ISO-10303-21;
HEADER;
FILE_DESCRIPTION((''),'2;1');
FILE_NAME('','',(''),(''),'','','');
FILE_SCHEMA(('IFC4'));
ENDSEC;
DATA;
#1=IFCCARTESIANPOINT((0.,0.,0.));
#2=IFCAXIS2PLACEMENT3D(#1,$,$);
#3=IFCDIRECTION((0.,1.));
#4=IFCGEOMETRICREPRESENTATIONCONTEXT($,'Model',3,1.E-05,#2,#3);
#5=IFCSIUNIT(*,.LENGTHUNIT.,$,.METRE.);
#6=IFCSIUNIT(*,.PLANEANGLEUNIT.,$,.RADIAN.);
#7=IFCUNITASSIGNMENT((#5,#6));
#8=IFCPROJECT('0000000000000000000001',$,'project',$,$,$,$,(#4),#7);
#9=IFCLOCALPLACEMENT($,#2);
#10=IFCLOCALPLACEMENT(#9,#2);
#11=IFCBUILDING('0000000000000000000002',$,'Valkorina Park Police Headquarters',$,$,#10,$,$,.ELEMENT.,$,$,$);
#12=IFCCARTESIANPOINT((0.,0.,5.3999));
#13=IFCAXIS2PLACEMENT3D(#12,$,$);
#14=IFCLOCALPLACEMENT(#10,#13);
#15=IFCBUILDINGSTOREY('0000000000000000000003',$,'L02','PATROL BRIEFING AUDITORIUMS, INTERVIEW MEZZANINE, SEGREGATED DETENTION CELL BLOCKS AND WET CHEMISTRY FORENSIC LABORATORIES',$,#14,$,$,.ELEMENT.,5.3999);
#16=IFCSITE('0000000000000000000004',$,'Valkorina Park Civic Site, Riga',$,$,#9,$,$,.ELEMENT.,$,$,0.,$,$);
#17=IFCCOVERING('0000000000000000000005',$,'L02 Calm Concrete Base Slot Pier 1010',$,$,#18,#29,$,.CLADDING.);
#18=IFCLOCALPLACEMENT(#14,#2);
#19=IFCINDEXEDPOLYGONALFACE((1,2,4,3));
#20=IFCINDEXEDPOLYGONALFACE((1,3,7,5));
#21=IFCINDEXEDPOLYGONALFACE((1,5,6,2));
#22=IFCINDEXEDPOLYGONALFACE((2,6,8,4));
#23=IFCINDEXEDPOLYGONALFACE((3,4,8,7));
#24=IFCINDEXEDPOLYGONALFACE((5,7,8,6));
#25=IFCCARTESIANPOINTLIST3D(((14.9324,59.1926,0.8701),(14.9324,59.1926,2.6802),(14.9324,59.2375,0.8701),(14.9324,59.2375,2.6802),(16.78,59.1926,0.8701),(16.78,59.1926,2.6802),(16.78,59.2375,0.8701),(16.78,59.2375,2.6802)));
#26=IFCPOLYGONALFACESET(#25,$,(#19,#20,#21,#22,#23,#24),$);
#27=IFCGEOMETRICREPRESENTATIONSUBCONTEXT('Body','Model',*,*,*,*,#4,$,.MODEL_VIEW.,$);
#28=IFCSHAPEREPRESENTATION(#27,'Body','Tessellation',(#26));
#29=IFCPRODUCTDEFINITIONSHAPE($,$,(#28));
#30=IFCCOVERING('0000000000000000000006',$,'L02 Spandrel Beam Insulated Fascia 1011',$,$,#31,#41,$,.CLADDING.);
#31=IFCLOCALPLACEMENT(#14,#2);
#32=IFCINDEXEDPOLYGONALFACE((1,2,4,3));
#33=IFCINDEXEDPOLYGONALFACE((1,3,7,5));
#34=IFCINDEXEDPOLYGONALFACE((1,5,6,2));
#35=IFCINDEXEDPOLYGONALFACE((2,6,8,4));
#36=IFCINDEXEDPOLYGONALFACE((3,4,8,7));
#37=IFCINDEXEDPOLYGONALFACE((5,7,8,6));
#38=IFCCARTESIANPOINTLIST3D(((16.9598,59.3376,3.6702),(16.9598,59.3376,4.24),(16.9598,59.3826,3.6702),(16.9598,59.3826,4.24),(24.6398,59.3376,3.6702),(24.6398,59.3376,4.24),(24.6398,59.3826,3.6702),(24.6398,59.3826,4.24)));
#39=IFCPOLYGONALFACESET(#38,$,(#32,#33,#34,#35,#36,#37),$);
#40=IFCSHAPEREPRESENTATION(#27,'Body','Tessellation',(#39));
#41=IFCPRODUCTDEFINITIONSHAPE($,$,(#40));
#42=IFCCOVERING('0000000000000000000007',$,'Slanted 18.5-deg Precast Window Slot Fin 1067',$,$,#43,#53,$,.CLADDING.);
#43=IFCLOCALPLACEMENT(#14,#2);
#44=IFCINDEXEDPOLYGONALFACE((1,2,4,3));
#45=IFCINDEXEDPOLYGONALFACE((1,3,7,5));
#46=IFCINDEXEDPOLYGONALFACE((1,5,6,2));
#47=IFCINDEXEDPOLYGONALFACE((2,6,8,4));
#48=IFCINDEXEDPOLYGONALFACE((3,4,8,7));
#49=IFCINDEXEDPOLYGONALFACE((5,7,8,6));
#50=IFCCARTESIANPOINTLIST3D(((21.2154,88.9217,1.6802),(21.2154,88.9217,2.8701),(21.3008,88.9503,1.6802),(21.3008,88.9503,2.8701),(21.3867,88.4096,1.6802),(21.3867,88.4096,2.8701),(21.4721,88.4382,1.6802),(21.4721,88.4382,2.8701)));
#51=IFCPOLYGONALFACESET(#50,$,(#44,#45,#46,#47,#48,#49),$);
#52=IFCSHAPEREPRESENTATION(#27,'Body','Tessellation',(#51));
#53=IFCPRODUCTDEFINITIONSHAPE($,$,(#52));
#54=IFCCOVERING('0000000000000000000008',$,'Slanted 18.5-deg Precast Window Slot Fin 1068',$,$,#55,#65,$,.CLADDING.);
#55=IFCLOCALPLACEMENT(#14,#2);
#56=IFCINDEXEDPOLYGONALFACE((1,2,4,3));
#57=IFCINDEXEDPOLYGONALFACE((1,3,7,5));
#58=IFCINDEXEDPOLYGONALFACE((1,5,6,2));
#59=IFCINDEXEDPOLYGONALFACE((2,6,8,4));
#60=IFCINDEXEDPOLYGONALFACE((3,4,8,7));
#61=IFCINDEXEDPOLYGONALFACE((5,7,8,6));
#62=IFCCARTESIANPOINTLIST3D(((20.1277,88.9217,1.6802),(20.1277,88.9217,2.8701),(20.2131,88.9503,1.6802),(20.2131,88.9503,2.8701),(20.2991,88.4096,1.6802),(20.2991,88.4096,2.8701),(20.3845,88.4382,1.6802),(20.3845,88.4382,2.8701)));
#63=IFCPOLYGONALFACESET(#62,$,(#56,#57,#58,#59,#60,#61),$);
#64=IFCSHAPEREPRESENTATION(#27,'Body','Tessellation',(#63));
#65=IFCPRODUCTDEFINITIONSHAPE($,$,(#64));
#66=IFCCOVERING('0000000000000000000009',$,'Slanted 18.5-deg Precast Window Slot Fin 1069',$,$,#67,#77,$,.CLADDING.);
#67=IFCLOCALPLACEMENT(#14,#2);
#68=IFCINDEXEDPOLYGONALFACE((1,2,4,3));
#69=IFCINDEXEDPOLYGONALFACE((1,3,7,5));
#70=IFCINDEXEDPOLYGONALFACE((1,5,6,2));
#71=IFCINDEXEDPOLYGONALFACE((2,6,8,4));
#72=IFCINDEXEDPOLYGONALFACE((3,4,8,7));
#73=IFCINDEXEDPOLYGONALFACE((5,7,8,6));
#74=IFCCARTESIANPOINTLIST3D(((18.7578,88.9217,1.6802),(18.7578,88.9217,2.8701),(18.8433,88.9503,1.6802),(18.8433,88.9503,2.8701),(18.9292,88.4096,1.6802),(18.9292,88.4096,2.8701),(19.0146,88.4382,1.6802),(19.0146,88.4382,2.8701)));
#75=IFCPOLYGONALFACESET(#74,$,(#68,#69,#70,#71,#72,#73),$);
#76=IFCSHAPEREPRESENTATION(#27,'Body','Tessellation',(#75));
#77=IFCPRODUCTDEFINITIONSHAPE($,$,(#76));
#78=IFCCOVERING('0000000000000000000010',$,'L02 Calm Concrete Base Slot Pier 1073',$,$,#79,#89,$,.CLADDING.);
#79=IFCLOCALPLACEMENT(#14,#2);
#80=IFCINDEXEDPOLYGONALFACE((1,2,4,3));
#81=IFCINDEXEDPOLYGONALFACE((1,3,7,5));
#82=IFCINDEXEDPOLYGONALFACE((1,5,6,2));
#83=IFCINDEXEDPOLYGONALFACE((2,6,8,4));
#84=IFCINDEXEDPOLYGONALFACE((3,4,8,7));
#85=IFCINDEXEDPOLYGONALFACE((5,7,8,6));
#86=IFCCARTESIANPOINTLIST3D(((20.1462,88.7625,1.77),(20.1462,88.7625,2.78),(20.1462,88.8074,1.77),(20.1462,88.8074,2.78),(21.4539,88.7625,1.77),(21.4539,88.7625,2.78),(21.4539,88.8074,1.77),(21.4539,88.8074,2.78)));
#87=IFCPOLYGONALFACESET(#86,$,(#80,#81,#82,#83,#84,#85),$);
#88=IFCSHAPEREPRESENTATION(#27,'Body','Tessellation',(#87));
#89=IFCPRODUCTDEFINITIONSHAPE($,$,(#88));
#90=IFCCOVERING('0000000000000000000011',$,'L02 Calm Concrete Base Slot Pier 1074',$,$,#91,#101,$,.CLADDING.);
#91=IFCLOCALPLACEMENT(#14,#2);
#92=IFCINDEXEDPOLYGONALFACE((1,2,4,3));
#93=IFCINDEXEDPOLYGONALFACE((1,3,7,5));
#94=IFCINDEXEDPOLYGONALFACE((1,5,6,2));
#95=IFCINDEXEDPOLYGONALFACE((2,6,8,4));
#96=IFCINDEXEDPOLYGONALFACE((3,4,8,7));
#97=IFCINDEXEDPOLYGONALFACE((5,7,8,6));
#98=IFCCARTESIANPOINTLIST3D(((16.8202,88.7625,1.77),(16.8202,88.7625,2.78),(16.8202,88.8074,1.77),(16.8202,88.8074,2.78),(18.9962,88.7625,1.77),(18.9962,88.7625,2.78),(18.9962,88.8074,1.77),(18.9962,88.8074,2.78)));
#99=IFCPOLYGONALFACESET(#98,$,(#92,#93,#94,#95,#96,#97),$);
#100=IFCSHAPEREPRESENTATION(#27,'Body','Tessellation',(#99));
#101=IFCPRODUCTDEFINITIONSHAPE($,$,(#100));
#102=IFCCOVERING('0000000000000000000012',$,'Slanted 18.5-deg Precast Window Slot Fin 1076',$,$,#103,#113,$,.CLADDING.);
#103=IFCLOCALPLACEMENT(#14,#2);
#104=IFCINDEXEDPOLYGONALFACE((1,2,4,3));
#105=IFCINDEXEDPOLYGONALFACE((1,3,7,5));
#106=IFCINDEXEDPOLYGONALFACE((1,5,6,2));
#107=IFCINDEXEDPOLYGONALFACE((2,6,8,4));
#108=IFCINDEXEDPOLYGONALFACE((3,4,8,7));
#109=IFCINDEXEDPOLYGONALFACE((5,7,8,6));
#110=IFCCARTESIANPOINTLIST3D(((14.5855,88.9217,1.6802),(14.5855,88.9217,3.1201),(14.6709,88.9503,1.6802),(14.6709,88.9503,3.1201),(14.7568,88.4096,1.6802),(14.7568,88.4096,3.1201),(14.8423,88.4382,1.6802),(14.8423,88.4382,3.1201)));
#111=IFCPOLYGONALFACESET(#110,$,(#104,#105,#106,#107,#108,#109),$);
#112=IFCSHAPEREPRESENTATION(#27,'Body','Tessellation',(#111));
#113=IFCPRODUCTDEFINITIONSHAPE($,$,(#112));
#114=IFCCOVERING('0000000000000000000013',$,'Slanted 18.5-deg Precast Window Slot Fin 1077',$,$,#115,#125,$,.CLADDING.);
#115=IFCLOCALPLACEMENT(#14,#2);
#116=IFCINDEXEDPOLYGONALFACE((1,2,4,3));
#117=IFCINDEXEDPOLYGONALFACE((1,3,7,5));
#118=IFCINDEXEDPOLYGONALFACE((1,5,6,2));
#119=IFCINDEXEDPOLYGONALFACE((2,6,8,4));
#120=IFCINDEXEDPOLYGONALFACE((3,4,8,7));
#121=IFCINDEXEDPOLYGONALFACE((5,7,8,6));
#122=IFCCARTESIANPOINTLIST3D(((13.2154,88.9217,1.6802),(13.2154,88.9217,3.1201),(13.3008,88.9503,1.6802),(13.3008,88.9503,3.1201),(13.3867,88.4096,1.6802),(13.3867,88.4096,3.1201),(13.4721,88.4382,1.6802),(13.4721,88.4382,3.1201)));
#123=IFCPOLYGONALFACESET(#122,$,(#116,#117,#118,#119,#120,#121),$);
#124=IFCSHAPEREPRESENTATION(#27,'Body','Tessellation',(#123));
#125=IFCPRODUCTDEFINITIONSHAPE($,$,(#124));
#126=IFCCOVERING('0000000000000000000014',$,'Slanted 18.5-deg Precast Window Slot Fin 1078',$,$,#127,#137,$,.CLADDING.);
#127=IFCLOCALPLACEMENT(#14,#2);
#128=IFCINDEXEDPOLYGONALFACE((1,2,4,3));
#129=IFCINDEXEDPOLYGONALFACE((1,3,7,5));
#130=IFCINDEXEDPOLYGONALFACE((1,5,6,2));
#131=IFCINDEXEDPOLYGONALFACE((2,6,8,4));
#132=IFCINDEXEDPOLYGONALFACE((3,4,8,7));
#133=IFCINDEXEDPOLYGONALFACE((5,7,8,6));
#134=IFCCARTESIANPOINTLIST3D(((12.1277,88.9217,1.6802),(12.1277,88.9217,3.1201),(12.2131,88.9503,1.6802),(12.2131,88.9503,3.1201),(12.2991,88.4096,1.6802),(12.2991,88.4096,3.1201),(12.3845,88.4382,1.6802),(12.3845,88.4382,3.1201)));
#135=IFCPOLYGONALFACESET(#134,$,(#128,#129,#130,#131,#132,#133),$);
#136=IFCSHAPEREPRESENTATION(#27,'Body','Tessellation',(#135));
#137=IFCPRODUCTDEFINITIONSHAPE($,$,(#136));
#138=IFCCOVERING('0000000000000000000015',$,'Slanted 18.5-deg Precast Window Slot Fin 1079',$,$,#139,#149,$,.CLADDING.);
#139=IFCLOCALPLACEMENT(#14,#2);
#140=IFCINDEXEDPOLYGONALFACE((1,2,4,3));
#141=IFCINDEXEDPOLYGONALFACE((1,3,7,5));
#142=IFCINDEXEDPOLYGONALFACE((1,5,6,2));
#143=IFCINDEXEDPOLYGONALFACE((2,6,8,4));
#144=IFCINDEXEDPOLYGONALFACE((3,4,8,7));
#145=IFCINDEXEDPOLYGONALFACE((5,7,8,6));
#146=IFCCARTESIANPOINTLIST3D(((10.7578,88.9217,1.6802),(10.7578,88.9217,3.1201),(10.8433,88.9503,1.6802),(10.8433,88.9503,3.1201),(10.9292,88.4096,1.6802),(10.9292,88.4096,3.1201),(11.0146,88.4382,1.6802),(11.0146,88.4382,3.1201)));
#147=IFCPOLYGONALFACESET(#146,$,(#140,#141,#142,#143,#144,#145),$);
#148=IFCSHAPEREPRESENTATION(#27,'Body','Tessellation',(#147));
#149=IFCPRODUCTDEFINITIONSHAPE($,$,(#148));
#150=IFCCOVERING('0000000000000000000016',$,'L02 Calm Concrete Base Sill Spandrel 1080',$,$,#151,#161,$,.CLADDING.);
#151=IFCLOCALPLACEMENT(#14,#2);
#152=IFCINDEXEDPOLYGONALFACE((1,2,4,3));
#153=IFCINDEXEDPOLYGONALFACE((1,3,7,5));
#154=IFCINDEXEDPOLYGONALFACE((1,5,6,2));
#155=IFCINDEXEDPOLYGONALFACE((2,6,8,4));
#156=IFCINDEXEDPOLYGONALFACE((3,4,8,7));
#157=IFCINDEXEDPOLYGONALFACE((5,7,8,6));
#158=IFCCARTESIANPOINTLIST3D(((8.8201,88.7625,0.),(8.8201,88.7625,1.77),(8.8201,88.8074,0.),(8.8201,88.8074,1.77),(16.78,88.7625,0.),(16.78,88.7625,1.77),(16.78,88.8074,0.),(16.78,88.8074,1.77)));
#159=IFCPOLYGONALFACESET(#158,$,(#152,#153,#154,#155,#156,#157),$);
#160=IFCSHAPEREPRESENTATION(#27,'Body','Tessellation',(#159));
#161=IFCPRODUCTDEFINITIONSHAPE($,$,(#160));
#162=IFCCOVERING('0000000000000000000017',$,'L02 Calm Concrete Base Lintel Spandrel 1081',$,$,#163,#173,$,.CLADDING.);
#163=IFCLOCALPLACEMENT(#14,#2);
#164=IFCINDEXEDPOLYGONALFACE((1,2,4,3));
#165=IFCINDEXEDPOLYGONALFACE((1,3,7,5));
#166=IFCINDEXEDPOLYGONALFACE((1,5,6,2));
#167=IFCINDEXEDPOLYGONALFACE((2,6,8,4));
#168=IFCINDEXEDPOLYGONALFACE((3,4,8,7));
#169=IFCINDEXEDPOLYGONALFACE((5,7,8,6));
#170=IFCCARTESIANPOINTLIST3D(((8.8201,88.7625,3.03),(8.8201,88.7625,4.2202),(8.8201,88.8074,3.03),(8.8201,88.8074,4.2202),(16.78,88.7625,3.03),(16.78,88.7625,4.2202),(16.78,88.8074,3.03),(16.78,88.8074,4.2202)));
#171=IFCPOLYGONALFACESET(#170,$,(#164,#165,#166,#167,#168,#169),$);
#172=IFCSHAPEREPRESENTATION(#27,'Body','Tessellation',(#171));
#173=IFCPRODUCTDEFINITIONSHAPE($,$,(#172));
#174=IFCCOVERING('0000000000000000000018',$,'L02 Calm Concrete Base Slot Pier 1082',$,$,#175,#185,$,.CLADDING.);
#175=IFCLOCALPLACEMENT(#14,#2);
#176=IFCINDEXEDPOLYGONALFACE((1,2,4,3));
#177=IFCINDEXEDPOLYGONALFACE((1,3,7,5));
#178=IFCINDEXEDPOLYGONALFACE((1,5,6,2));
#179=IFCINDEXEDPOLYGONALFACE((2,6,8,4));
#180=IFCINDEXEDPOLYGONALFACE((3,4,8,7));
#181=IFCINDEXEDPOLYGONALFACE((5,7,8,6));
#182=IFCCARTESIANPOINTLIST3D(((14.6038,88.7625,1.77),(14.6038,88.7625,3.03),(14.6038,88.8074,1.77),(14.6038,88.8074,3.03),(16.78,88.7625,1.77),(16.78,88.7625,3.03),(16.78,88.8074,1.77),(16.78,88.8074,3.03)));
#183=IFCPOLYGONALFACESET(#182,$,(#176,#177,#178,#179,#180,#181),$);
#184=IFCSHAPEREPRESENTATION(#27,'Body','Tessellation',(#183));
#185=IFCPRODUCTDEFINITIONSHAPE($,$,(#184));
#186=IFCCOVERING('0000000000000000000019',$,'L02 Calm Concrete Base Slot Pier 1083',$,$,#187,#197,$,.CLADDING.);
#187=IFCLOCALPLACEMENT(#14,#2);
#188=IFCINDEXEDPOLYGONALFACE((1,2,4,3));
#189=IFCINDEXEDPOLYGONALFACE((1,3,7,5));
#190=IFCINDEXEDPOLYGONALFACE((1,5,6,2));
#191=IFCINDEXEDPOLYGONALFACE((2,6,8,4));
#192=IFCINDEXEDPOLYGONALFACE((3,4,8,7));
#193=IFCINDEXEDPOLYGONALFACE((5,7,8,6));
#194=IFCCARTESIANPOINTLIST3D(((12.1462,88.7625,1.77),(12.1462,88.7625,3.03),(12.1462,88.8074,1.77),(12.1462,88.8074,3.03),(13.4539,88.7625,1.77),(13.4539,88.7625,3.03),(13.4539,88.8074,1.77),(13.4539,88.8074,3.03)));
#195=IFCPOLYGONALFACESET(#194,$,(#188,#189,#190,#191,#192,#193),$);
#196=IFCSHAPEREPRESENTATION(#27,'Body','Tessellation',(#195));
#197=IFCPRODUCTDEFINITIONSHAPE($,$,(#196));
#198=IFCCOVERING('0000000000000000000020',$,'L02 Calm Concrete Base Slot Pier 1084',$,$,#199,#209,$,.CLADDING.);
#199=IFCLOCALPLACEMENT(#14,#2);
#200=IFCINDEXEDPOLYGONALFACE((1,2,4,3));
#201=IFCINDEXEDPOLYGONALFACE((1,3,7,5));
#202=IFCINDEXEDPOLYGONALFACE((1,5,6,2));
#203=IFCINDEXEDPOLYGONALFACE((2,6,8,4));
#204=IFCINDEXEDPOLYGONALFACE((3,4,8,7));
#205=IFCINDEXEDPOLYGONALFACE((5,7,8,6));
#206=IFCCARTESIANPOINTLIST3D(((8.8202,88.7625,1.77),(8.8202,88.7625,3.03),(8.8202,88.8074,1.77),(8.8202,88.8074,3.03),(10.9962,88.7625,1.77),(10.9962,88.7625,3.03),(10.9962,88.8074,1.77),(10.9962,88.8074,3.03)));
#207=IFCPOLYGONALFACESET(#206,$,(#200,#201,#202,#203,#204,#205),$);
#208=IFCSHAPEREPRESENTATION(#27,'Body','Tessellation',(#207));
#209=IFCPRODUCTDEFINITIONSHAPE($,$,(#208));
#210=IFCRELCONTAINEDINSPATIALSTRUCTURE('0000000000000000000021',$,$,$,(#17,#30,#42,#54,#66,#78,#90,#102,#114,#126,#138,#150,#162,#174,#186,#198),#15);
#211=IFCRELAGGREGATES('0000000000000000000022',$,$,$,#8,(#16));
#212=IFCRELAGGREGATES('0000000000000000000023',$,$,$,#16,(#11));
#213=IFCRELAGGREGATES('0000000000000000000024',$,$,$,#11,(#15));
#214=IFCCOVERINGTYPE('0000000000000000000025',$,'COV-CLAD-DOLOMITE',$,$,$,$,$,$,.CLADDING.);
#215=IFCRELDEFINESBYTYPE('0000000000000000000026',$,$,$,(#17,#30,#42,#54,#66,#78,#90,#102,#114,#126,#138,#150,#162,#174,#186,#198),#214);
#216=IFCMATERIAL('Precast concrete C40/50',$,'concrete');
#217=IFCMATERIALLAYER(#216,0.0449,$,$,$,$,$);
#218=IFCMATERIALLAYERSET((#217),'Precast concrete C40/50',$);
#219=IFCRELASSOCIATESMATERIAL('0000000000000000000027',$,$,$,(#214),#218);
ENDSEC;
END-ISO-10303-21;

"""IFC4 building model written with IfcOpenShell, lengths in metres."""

from ifc_helpers import new_model, si_unit, direction, frame, frame_2d, origin, origin_2d, place, context, subcontext, project, spatial, rectangle, extrude, material, layer, layer_set, type_object, element, save


model = new_model("IFC4")

# Units and contexts
model_context = context("Model", 3, precision=1e-05, world=origin(), true_north=direction((0.0, 1.0)))
body_context = subcontext(model_context, "Body", "Model", "MODEL_VIEW")
ifc_project = project(units=[si_unit("LENGTHUNIT", "METRE"), si_unit("PLANEANGLEUNIT", "RADIAN")], contexts=[model_context])

# Site, building, storey
site_placement = place(None, origin())
site = spatial("IfcSite", under=ifc_project, at=site_placement, Name="Valkorina Park Civic Site, Riga", CompositionType="ELEMENT", RefElevation=0.0)
building_placement = place(site_placement, origin())
building = spatial("IfcBuilding", under=site, at=building_placement, Name="Valkorina Park Police Headquarters", CompositionType="ELEMENT")
storey_placement = place(building_placement, frame((0.0, 0.0, 5.3999)))
storey = spatial("IfcBuildingStorey", under=building, at=storey_placement, Name="L02", Description="PATROL BRIEFING AUDITORIUMS, INTERVIEW MEZZANINE, SEGREGATED DETENTION CELL BLOCKS AND WET CHEMISTRY FORENSIC LABORATORIES", CompositionType="ELEMENT", Elevation=5.3999)

# Coverings
ifc_material_1 = material(Name="Precast concrete C40/50", Category="concrete")
ifc_layer = layer(ifc_material_1, 0.0449)
ifc_layer_set = layer_set([ifc_layer], Name="Precast concrete C40/50")
covering_type = type_object("IfcCoveringType", Name="COV-CLAD-DOLOMITE", PredefinedType="CLADDING", material=ifc_layer_set)
covering_1_placement = place(storey_placement, frame((14.9324, 59.2151, 0.8701), z_axis=(0.0, 0.0, 1.0), x_axis=(1.0, 0.0, 0.0)))
element("IfcCovering", 1, at=covering_1_placement, inside=storey, type_object=covering_type, Name="L02 Calm Concrete Base Slot Pier 1010", PredefinedType="CLADDING", context=body_context, shape_type="SweptSolid", body=[
    extrude(rectangle(XDim=1.8477, YDim=0.0449, at=frame_2d((0.9238, 0.0))), origin(), (0.0, 0.0, 1.0), 1.8101),
])
covering_2_placement = place(storey_placement, frame((16.96, 59.3601, 3.6702), z_axis=(0.0, 0.0, 1.0), x_axis=(1.0, 0.0, 0.0)))
element("IfcCovering", 2, at=covering_2_placement, inside=storey, type_object=covering_type, Name="L02 Spandrel Beam Insulated Fascia 1011", PredefinedType="CLADDING", context=body_context, shape_type="SweptSolid", body=[
    extrude(rectangle(XDim=7.6799, YDim=0.0449, at=frame_2d((3.8398, 0.0))), origin(), (0.0, 0.0, 1.0), 0.5698),
])
for number, where, z_axis, x_axis, name in (
    (3, (21.3438, 88.6799, 1.6802), (0.0, 0.0, 1.0), (0.317305, -0.948324, 0.0), "Slanted 18.5-deg Precast Window Slot Fin 1067"),
    (4, (20.2561, 88.6799, 1.6802), (0.0, 0.0, 1.0), (0.317305, -0.948324, 0.0), "Slanted 18.5-deg Precast Window Slot Fin 1068"),
    (5, (18.8862, 88.6799, 1.6802), (0.0, 0.0, 1.0), (0.317305, -0.948324, 0.0), "Slanted 18.5-deg Precast Window Slot Fin 1069"),
):
    element("IfcCovering", number, at=place(storey_placement, frame(where, z_axis=z_axis, x_axis=x_axis)), inside=storey, type_object=covering_type, Name=name, PredefinedType="CLADDING", context=body_context, shape_type="SweptSolid", body=[
        extrude(rectangle(XDim=0.54, YDim=0.0901, at=origin_2d()), origin(), (0.0, 0.0, 1.0), 1.1899),
    ])
covering_3_placement = place(storey_placement, frame((21.4539, 88.7849, 1.77), z_axis=(0.0, 0.0, 1.0), x_axis=(-1.0, 0.0, 0.0)))
element("IfcCovering", 6, at=covering_3_placement, inside=storey, type_object=covering_type, Name="L02 Calm Concrete Base Slot Pier 1073", PredefinedType="CLADDING", context=body_context, shape_type="SweptSolid", body=[
    extrude(rectangle(XDim=1.3076, YDim=0.0449, at=frame_2d((0.6538, 0.0))), origin(), (0.0, 0.0, 1.0), 1.01),
])
covering_4_placement = place(storey_placement, frame((18.9961, 88.7849, 1.77), z_axis=(0.0, 0.0, 1.0), x_axis=(-1.0, 0.0, 0.0)))
element("IfcCovering", 7, at=covering_4_placement, inside=storey, type_object=covering_type, Name="L02 Calm Concrete Base Slot Pier 1074", PredefinedType="CLADDING", context=body_context, shape_type="SweptSolid", body=[
    extrude(rectangle(XDim=2.176, YDim=0.0449, at=frame_2d((1.0879, 0.0))), origin(), (0.0, 0.0, 1.0), 1.01),
])
for number, where, z_axis, x_axis, name in (
    (8, (14.7139, 88.6799, 1.6802), (0.0, 0.0, 1.0), (0.317305, -0.948324, 0.0), "Slanted 18.5-deg Precast Window Slot Fin 1076"),
    (9, (13.3438, 88.6799, 1.6802), (0.0, 0.0, 1.0), (0.317305, -0.948324, 0.0), "Slanted 18.5-deg Precast Window Slot Fin 1077"),
    (10, (12.2561, 88.6799, 1.6802), (0.0, 0.0, 1.0), (0.317305, -0.948324, 0.0), "Slanted 18.5-deg Precast Window Slot Fin 1078"),
    (11, (10.8862, 88.6799, 1.6802), (0.0, 0.0, 1.0), (0.317305, -0.948324, 0.0), "Slanted 18.5-deg Precast Window Slot Fin 1079"),
):
    element("IfcCovering", number, at=place(storey_placement, frame(where, z_axis=z_axis, x_axis=x_axis)), inside=storey, type_object=covering_type, Name=name, PredefinedType="CLADDING", context=body_context, shape_type="SweptSolid", body=[
        extrude(rectangle(XDim=0.54, YDim=0.0901, at=origin_2d()), origin(), (0.0, 0.0, 1.0), 1.4399),
    ])
covering_5_placement = place(storey_placement, frame((16.78, 88.7849, 0.0), z_axis=(0.0, 0.0, 1.0), x_axis=(-1.0, 0.0, 0.0)))
element("IfcCovering", 12, at=covering_5_placement, inside=storey, type_object=covering_type, Name="L02 Calm Concrete Base Sill Spandrel 1080", PredefinedType="CLADDING", context=body_context, shape_type="SweptSolid", body=[
    extrude(rectangle(XDim=7.96, YDim=0.0449, at=frame_2d((3.98, 0.0))), origin(), (0.0, 0.0, 1.0), 1.77),
])
covering_6_placement = place(storey_placement, frame((16.78, 88.7849, 3.03), z_axis=(0.0, 0.0, 1.0), x_axis=(-1.0, 0.0, 0.0)))
element("IfcCovering", 13, at=covering_6_placement, inside=storey, type_object=covering_type, Name="L02 Calm Concrete Base Lintel Spandrel 1081", PredefinedType="CLADDING", context=body_context, shape_type="SweptSolid", body=[
    extrude(rectangle(XDim=7.96, YDim=0.0449, at=frame_2d((3.98, 0.0))), origin(), (0.0, 0.0, 1.0), 1.1902),
])
covering_7_placement = place(storey_placement, frame((16.78, 88.7849, 1.77), z_axis=(0.0, 0.0, 1.0), x_axis=(-1.0, 0.0, 0.0)))
element("IfcCovering", 14, at=covering_7_placement, inside=storey, type_object=covering_type, Name="L02 Calm Concrete Base Slot Pier 1082", PredefinedType="CLADDING", context=body_context, shape_type="SweptSolid", body=[
    extrude(rectangle(XDim=2.1763, YDim=0.0449, at=frame_2d((1.0881, 0.0))), origin(), (0.0, 0.0, 1.0), 1.26),
])
covering_8_placement = place(storey_placement, frame((13.4539, 88.7849, 1.77), z_axis=(0.0, 0.0, 1.0), x_axis=(-1.0, 0.0, 0.0)))
element("IfcCovering", 15, at=covering_8_placement, inside=storey, type_object=covering_type, Name="L02 Calm Concrete Base Slot Pier 1083", PredefinedType="CLADDING", context=body_context, shape_type="SweptSolid", body=[
    extrude(rectangle(XDim=1.3076, YDim=0.0449, at=frame_2d((0.6538, 0.0))), origin(), (0.0, 0.0, 1.0), 1.26),
])
covering_9_placement = place(storey_placement, frame((10.9961, 88.7849, 1.77), z_axis=(0.0, 0.0, 1.0), x_axis=(-1.0, 0.0, 0.0)))
element("IfcCovering", 16, at=covering_9_placement, inside=storey, type_object=covering_type, Name="L02 Calm Concrete Base Slot Pier 1084", PredefinedType="CLADDING", context=body_context, shape_type="SweptSolid", body=[
    extrude(rectangle(XDim=2.176, YDim=0.0449, at=frame_2d((1.0879, 0.0))), origin(), (0.0, 0.0, 1.0), 1.26),
])

save(model, "model.ifc")
